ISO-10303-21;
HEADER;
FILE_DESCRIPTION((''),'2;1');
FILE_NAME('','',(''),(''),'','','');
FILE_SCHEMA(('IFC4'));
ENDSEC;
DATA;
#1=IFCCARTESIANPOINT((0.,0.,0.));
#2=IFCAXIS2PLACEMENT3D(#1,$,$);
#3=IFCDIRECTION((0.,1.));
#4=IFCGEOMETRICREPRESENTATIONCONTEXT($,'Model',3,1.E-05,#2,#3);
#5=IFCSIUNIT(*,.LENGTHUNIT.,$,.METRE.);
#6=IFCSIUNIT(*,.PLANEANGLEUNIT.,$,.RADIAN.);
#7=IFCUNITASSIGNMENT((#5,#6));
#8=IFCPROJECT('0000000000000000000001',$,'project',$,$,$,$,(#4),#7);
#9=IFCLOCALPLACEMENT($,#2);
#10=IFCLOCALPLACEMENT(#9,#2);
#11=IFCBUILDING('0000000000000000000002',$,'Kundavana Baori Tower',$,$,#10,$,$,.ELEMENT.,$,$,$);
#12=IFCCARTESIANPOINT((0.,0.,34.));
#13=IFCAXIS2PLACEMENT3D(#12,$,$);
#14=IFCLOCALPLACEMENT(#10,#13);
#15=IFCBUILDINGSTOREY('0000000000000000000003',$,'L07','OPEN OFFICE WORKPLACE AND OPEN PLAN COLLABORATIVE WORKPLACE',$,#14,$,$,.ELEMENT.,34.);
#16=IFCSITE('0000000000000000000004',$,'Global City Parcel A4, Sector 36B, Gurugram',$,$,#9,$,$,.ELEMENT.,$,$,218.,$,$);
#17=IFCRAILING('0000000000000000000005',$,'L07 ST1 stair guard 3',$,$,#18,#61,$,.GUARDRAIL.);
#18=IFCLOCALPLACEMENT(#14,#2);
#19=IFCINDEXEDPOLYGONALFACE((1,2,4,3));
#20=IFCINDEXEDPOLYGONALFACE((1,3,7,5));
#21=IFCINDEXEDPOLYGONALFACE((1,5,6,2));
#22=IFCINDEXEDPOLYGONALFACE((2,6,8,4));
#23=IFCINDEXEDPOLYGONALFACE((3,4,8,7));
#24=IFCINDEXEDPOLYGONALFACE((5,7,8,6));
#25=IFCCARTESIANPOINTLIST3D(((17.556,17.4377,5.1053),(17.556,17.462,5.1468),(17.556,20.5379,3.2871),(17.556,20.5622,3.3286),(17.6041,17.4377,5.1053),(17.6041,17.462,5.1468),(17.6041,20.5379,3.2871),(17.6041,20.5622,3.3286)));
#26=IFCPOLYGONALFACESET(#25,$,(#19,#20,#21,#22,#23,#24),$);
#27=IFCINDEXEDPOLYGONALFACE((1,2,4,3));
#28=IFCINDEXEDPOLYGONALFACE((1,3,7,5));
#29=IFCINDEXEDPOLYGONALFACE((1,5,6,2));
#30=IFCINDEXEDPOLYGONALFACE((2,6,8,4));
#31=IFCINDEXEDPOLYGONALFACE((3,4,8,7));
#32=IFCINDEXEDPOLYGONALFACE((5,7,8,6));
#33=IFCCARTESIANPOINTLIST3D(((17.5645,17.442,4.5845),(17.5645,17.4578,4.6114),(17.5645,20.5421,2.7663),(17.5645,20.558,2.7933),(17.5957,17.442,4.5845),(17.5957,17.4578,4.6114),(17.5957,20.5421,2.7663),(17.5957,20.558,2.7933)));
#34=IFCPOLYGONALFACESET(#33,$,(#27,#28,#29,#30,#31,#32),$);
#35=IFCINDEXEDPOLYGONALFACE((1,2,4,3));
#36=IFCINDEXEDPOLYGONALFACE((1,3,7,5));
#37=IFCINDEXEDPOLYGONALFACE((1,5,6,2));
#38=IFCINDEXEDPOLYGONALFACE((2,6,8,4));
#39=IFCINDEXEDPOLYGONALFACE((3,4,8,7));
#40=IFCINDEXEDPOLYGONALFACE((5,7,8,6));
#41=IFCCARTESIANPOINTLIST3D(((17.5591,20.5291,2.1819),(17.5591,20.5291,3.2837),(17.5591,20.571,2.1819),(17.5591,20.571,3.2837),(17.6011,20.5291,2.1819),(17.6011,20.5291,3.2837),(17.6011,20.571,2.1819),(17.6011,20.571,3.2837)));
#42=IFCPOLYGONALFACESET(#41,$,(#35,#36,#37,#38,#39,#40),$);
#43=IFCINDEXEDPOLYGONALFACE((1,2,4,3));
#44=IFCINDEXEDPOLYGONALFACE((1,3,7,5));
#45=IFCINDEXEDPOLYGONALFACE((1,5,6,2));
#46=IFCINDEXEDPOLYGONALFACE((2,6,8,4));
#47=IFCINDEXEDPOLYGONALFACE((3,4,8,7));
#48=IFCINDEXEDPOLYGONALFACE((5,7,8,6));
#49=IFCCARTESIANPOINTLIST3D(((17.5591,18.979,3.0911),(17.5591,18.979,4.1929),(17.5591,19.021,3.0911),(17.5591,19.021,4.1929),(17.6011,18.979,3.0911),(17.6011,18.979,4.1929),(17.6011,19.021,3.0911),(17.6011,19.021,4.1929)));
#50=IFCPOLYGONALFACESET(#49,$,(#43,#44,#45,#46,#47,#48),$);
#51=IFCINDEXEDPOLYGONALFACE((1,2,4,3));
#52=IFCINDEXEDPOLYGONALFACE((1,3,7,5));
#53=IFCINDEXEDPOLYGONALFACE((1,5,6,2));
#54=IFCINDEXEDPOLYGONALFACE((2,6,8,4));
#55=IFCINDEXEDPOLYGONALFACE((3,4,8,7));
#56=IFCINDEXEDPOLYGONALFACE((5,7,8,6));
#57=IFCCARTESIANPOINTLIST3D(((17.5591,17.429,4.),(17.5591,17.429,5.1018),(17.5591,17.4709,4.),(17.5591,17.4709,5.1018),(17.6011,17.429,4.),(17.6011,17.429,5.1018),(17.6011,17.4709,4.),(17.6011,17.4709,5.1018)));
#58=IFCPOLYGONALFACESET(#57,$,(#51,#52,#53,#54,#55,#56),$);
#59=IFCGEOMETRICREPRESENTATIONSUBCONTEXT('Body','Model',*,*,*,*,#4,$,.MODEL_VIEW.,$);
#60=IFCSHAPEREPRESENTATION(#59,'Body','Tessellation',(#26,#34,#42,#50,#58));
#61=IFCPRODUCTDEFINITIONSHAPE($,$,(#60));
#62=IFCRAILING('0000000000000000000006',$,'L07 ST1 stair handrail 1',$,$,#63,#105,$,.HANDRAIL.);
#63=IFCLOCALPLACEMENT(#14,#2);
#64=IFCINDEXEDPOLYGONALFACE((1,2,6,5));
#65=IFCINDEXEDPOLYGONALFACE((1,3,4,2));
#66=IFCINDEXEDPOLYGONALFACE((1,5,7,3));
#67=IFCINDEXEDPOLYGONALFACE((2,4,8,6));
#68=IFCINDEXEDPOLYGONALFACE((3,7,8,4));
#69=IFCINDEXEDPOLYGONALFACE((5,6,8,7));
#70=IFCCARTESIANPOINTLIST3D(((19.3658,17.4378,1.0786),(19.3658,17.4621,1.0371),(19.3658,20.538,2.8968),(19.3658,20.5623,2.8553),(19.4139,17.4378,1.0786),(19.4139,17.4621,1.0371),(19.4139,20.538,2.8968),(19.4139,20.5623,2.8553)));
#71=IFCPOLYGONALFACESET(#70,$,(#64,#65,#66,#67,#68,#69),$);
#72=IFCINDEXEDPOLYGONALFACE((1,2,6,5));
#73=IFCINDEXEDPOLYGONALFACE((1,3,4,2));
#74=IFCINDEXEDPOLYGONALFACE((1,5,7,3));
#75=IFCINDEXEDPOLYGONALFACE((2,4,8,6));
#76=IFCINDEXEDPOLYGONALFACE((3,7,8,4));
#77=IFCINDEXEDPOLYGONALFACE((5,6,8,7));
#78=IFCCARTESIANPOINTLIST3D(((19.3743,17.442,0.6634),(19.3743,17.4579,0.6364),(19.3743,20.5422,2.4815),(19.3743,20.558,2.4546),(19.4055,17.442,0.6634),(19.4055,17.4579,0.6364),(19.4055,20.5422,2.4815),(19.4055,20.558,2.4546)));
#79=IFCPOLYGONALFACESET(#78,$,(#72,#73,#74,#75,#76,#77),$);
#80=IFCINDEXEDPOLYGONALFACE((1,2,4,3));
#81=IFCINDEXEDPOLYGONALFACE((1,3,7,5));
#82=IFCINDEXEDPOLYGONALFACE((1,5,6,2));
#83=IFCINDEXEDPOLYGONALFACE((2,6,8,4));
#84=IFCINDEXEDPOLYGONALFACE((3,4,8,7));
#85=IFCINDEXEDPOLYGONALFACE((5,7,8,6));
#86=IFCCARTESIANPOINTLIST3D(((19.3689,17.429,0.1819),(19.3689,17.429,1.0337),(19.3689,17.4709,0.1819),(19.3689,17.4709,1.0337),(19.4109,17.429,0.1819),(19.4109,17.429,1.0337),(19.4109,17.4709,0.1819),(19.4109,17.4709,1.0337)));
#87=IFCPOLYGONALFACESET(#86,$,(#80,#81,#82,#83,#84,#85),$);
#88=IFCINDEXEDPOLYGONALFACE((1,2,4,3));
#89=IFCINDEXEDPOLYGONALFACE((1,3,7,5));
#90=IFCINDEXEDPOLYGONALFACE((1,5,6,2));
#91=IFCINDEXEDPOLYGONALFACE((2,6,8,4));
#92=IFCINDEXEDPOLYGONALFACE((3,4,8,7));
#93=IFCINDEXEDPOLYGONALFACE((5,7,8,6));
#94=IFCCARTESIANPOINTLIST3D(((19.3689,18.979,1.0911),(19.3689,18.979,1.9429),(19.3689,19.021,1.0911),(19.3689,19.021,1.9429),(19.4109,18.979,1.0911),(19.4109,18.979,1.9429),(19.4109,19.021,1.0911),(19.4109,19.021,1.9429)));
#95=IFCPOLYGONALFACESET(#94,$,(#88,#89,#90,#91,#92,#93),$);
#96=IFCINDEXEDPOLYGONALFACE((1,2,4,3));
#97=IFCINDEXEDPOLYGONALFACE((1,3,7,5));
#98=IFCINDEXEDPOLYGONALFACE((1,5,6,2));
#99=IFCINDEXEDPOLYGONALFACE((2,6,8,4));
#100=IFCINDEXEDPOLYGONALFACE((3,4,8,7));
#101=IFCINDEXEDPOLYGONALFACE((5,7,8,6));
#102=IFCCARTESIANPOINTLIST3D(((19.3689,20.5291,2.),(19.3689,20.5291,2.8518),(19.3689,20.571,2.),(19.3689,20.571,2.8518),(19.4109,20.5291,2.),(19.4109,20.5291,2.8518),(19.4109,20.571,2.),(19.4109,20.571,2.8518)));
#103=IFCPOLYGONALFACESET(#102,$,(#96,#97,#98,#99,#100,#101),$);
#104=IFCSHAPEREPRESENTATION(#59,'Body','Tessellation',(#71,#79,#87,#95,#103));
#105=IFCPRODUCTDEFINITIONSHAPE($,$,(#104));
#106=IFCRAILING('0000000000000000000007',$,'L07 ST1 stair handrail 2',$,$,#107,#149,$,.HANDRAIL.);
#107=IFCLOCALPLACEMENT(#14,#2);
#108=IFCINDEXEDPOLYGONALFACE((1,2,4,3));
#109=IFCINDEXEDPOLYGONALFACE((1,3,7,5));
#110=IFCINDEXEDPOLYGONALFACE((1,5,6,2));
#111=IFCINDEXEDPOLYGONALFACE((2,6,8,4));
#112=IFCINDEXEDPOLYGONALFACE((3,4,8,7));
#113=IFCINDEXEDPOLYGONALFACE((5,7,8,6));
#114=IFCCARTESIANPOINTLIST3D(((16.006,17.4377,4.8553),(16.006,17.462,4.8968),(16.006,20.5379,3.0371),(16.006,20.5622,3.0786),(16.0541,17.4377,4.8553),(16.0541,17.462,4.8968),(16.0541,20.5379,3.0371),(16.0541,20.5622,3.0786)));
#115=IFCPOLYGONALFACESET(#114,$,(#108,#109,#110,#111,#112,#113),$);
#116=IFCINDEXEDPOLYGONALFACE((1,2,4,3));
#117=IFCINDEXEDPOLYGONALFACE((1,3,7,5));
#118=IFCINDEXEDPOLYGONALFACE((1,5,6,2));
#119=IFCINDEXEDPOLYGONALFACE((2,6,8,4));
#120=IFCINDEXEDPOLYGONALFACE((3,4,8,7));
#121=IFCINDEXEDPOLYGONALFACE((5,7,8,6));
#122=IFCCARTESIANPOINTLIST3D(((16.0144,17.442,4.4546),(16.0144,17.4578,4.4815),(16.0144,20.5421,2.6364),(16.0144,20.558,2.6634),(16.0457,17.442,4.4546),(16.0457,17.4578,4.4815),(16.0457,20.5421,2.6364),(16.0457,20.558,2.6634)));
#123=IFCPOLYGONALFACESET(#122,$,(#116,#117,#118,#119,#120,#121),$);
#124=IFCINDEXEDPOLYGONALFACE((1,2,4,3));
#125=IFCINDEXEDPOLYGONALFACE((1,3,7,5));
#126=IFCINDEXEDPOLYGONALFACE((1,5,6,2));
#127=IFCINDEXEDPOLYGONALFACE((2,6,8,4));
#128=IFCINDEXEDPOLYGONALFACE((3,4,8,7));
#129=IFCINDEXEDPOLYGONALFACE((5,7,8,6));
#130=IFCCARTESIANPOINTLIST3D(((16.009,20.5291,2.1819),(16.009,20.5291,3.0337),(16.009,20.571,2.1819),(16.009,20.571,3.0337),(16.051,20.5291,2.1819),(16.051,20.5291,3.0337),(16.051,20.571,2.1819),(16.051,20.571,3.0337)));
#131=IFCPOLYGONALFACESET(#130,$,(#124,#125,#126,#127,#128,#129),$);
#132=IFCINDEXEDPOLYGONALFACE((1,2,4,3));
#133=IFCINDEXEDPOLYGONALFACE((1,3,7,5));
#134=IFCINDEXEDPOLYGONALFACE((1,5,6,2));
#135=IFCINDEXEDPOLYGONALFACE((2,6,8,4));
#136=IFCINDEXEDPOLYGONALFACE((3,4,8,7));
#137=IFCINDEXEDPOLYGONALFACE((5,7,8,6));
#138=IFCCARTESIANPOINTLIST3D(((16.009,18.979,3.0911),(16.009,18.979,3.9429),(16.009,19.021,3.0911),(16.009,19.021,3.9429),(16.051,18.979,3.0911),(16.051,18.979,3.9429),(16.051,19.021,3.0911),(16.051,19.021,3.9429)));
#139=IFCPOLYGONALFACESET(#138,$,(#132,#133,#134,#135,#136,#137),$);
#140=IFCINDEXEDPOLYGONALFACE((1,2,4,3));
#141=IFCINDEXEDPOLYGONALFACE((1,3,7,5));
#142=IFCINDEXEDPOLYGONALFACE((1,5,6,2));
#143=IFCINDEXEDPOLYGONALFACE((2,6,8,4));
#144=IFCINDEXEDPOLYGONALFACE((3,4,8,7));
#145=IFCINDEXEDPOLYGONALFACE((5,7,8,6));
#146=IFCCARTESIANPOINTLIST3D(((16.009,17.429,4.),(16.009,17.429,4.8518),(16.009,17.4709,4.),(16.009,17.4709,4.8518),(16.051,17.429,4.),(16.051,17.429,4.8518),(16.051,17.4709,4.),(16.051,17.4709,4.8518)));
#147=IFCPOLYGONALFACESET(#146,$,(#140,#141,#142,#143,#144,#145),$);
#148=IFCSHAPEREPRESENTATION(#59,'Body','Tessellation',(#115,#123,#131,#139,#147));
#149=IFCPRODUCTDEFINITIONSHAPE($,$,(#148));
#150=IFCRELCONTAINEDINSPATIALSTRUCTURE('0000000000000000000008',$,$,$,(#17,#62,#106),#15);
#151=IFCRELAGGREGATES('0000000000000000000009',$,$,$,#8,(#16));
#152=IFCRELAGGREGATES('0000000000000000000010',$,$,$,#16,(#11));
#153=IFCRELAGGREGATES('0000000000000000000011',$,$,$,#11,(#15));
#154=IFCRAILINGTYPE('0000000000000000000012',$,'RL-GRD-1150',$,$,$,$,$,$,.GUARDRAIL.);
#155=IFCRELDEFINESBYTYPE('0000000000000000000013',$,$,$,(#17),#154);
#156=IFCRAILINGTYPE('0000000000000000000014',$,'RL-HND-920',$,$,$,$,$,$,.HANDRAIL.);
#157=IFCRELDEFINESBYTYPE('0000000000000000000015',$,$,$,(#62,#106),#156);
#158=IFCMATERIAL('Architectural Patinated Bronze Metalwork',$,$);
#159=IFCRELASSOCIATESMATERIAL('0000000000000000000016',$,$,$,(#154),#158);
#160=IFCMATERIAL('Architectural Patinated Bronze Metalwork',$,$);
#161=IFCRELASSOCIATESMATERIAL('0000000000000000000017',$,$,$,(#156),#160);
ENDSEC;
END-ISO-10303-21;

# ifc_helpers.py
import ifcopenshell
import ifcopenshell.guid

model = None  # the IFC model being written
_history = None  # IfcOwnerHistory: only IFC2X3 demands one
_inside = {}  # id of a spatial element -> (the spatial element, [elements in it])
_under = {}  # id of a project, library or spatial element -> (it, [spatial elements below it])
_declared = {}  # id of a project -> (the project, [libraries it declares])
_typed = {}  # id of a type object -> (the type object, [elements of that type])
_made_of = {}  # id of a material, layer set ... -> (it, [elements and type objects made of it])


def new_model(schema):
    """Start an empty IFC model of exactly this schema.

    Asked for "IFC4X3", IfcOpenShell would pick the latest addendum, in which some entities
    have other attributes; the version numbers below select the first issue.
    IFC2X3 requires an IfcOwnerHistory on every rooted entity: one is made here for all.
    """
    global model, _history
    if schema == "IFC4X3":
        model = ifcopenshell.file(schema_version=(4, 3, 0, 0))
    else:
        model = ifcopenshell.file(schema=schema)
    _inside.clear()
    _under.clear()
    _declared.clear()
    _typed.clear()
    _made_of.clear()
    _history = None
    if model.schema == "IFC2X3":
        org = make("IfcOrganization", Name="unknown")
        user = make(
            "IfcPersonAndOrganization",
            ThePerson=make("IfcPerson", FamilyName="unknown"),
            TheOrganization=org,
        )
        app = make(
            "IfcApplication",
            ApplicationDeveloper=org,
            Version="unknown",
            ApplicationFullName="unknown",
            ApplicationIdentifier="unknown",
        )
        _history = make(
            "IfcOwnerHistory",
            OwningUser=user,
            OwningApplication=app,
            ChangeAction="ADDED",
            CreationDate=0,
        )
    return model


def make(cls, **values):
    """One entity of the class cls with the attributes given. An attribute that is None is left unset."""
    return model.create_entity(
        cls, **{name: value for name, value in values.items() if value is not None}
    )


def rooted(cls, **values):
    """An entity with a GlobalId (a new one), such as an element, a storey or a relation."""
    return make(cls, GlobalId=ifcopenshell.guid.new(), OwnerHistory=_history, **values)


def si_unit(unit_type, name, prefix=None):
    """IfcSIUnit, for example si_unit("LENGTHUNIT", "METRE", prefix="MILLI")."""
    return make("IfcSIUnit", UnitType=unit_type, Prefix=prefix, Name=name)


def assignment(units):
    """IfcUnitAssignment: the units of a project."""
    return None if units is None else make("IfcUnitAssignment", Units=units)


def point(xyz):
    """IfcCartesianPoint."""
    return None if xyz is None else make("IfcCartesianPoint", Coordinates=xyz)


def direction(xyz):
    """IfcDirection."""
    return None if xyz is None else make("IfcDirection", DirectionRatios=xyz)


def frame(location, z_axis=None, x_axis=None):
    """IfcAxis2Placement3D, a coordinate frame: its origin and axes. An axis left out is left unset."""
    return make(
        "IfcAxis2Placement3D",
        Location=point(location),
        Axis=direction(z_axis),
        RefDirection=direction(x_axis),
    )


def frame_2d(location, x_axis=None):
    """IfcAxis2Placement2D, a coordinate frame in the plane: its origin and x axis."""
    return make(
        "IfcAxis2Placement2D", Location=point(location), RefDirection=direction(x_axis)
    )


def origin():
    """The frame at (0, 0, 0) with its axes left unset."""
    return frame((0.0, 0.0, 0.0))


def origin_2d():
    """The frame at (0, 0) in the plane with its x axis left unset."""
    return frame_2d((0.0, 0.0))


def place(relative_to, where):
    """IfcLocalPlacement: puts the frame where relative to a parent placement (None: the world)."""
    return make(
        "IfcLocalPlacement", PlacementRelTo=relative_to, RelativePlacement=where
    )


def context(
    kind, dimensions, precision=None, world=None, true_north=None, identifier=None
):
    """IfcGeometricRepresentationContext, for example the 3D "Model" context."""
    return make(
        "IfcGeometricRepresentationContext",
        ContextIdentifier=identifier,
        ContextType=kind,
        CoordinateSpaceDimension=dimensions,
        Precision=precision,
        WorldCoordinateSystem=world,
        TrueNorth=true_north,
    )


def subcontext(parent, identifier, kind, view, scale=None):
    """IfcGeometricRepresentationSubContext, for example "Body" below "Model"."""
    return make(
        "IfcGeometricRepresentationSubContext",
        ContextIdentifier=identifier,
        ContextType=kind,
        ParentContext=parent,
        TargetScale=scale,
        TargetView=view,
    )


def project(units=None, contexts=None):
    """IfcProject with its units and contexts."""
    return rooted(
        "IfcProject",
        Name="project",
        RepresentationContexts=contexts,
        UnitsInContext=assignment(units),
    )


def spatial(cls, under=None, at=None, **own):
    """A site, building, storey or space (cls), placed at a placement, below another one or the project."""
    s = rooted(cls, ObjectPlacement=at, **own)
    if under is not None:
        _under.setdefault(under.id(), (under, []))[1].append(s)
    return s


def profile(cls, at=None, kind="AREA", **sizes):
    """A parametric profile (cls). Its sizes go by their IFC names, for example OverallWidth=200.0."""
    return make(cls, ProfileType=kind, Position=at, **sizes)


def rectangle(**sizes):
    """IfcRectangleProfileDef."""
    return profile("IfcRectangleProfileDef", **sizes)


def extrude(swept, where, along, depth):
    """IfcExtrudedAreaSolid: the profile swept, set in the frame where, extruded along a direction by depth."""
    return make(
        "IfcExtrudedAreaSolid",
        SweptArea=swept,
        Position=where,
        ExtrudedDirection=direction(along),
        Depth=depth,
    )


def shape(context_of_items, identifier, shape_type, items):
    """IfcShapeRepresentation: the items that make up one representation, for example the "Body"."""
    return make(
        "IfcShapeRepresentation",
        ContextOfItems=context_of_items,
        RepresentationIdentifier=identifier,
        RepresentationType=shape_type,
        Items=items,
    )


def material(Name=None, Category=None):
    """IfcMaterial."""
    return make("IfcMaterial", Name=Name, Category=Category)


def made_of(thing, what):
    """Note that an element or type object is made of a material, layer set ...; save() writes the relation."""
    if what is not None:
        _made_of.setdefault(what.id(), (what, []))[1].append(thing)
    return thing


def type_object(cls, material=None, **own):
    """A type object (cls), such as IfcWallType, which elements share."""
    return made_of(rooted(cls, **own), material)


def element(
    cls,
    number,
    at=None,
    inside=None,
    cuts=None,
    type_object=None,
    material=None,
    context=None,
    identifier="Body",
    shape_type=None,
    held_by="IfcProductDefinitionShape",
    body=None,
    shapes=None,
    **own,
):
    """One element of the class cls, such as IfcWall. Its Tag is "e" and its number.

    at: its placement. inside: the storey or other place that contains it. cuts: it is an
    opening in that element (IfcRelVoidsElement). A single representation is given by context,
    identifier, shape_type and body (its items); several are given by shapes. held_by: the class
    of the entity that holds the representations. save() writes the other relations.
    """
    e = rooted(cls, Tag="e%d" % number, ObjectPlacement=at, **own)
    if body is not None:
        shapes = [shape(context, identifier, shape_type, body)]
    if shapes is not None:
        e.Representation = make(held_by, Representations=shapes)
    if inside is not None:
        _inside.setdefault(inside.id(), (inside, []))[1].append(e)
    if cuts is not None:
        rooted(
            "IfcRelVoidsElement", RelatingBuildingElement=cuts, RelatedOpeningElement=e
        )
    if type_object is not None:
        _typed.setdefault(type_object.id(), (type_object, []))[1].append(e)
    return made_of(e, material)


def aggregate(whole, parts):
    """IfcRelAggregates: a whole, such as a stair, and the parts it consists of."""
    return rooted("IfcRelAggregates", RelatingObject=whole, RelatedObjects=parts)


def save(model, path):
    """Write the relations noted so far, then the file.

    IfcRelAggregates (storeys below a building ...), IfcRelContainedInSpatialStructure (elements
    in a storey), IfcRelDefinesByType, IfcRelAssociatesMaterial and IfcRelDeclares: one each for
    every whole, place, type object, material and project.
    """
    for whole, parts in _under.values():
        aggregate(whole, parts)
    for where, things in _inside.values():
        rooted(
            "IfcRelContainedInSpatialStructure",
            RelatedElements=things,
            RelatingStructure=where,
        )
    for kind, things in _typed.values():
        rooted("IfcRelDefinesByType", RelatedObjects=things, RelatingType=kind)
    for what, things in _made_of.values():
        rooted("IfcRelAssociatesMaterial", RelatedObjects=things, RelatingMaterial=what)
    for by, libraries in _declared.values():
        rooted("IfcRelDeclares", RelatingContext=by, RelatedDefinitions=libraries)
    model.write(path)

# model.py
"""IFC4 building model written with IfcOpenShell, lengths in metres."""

from ifc_helpers import new_model, si_unit, direction, frame, origin, origin_2d, place, context, subcontext, project, spatial, rectangle, extrude, material, type_object, element, save


model = new_model("IFC4")

# Units and contexts
model_context = context("Model", 3, precision=1e-05, world=origin(), true_north=direction((0.0, 1.0)))
body_context = subcontext(model_context, "Body", "Model", "MODEL_VIEW")
ifc_project = project(units=[si_unit("LENGTHUNIT", "METRE"), si_unit("PLANEANGLEUNIT", "RADIAN")], contexts=[model_context])

# Site, building, storey
site_placement = place(None, origin())
site = spatial("IfcSite", under=ifc_project, at=site_placement, Name="Global City Parcel A4, Sector 36B, Gurugram", CompositionType="ELEMENT", RefElevation=218.0)
building_placement = place(site_placement, origin())
building = spatial("IfcBuilding", under=site, at=building_placement, Name="Kundavana Baori Tower", CompositionType="ELEMENT")
storey_placement = place(building_placement, frame((0.0, 0.0, 34.0)))
storey = spatial("IfcBuildingStorey", under=building, at=storey_placement, Name="L07", Description="OPEN OFFICE WORKPLACE AND OPEN PLAN COLLABORATIVE WORKPLACE", CompositionType="ELEMENT", Elevation=34.0)

# Railings
ifc_material_1 = material(Name="Architectural Patinated Bronze Metalwork")
railing_type_1 = type_object("IfcRailingType", Name="RL-GRD-1150", PredefinedType="GUARDRAIL", material=ifc_material_1)
railing_1_placement = place(storey_placement, frame((17.5801, 20.55, 2.1819)))
element("IfcRailing", 1, at=railing_1_placement, inside=storey, type_object=railing_type_1, Name="L07 ST1 stair guard 3", PredefinedType="GUARDRAIL", context=body_context, shape_type="SweptSolid", body=[
    extrude(rectangle(XDim=0.0481, YDim=0.0481, at=origin_2d()), frame((0.0, 0.0, 1.126), z_axis=(0.0, -0.862599, 0.505889), x_axis=(1.0, 0.0, 0.0)), (0.0, 0.0, 1.0), 3.594),
    extrude(rectangle(XDim=0.0312, YDim=0.0312, at=origin_2d()), frame((0.0, 0.0, 0.5979), z_axis=(0.0, -0.862599, 0.505889), x_axis=(1.0, 0.0, 0.0)), (0.0, 0.0, 1.0), 3.594),
    extrude(rectangle(XDim=0.042, YDim=0.042, at=origin_2d()), origin(), (0.0, 0.0, 1.0), 1.1018),
    extrude(rectangle(XDim=0.042, YDim=0.042, at=origin_2d()), frame((0.0, -1.55, 0.9092)), (0.0, 0.0, 1.0), 1.1018),
    extrude(rectangle(XDim=0.042, YDim=0.042, at=origin_2d()), frame((0.0, -3.1001, 1.8181)), (0.0, 0.0, 1.0), 1.1018),
])
ifc_material_2 = material(Name="Architectural Patinated Bronze Metalwork")
railing_type_2 = type_object("IfcRailingType", Name="RL-HND-920", PredefinedType="HANDRAIL", material=ifc_material_2)
railing_2_placement = place(storey_placement, frame((19.3899, 17.45, 0.1819)))
element("IfcRailing", 2, at=railing_2_placement, inside=storey, type_object=railing_type_2, Name="L07 ST1 stair handrail 1", PredefinedType="HANDRAIL", context=body_context, shape_type="SweptSolid", body=[
    extrude(rectangle(XDim=0.0481, YDim=0.0481, at=origin_2d()), frame((0.0, 0.0, 0.876), z_axis=(0.0, 0.862599, 0.505889), x_axis=(-1.0, 0.0, 0.0)), (0.0, 0.0, 1.0), 3.594),
    extrude(rectangle(XDim=0.0312, YDim=0.0312, at=origin_2d()), frame((0.0, 0.0, 0.468), z_axis=(0.0, 0.862599, 0.505889), x_axis=(-1.0, 0.0, 0.0)), (0.0, 0.0, 1.0), 3.594),
    extrude(rectangle(XDim=0.042, YDim=0.042, at=origin_2d()), origin(), (0.0, 0.0, 1.0), 0.8518),
    extrude(rectangle(XDim=0.042, YDim=0.042, at=origin_2d()), frame((0.0, 1.55, 0.9092)), (0.0, 0.0, 1.0), 0.8518),
    extrude(rectangle(XDim=0.042, YDim=0.042, at=origin_2d()), frame((0.0, 3.1001, 1.8181)), (0.0, 0.0, 1.0), 0.8518),
])
railing_3_placement = place(storey_placement, frame((16.03, 20.55, 2.1819)))
element("IfcRailing", 3, at=railing_3_placement, inside=storey, type_object=railing_type_2, Name="L07 ST1 stair handrail 2", PredefinedType="HANDRAIL", context=body_context, shape_type="SweptSolid", body=[
    extrude(rectangle(XDim=0.0481, YDim=0.0481, at=origin_2d()), frame((0.0, 0.0, 0.876), z_axis=(0.0, -0.862599, 0.505889), x_axis=(1.0, 0.0, 0.0)), (0.0, 0.0, 1.0), 3.594),
    extrude(rectangle(XDim=0.0312, YDim=0.0312, at=origin_2d()), frame((0.0, 0.0, 0.468), z_axis=(0.0, -0.862599, 0.505889), x_axis=(1.0, 0.0, 0.0)), (0.0, 0.0, 1.0), 3.594),
    extrude(rectangle(XDim=0.042, YDim=0.042, at=origin_2d()), origin(), (0.0, 0.0, 1.0), 0.8518),
    extrude(rectangle(XDim=0.042, YDim=0.042, at=origin_2d()), frame((0.0, -1.55, 0.9092)), (0.0, 0.0, 1.0), 0.8518),
    extrude(rectangle(XDim=0.042, YDim=0.042, at=origin_2d()), frame((0.0, -3.1001, 1.8181)), (0.0, 0.0, 1.0), 0.8518),
])

save(model, "model.ifc")
